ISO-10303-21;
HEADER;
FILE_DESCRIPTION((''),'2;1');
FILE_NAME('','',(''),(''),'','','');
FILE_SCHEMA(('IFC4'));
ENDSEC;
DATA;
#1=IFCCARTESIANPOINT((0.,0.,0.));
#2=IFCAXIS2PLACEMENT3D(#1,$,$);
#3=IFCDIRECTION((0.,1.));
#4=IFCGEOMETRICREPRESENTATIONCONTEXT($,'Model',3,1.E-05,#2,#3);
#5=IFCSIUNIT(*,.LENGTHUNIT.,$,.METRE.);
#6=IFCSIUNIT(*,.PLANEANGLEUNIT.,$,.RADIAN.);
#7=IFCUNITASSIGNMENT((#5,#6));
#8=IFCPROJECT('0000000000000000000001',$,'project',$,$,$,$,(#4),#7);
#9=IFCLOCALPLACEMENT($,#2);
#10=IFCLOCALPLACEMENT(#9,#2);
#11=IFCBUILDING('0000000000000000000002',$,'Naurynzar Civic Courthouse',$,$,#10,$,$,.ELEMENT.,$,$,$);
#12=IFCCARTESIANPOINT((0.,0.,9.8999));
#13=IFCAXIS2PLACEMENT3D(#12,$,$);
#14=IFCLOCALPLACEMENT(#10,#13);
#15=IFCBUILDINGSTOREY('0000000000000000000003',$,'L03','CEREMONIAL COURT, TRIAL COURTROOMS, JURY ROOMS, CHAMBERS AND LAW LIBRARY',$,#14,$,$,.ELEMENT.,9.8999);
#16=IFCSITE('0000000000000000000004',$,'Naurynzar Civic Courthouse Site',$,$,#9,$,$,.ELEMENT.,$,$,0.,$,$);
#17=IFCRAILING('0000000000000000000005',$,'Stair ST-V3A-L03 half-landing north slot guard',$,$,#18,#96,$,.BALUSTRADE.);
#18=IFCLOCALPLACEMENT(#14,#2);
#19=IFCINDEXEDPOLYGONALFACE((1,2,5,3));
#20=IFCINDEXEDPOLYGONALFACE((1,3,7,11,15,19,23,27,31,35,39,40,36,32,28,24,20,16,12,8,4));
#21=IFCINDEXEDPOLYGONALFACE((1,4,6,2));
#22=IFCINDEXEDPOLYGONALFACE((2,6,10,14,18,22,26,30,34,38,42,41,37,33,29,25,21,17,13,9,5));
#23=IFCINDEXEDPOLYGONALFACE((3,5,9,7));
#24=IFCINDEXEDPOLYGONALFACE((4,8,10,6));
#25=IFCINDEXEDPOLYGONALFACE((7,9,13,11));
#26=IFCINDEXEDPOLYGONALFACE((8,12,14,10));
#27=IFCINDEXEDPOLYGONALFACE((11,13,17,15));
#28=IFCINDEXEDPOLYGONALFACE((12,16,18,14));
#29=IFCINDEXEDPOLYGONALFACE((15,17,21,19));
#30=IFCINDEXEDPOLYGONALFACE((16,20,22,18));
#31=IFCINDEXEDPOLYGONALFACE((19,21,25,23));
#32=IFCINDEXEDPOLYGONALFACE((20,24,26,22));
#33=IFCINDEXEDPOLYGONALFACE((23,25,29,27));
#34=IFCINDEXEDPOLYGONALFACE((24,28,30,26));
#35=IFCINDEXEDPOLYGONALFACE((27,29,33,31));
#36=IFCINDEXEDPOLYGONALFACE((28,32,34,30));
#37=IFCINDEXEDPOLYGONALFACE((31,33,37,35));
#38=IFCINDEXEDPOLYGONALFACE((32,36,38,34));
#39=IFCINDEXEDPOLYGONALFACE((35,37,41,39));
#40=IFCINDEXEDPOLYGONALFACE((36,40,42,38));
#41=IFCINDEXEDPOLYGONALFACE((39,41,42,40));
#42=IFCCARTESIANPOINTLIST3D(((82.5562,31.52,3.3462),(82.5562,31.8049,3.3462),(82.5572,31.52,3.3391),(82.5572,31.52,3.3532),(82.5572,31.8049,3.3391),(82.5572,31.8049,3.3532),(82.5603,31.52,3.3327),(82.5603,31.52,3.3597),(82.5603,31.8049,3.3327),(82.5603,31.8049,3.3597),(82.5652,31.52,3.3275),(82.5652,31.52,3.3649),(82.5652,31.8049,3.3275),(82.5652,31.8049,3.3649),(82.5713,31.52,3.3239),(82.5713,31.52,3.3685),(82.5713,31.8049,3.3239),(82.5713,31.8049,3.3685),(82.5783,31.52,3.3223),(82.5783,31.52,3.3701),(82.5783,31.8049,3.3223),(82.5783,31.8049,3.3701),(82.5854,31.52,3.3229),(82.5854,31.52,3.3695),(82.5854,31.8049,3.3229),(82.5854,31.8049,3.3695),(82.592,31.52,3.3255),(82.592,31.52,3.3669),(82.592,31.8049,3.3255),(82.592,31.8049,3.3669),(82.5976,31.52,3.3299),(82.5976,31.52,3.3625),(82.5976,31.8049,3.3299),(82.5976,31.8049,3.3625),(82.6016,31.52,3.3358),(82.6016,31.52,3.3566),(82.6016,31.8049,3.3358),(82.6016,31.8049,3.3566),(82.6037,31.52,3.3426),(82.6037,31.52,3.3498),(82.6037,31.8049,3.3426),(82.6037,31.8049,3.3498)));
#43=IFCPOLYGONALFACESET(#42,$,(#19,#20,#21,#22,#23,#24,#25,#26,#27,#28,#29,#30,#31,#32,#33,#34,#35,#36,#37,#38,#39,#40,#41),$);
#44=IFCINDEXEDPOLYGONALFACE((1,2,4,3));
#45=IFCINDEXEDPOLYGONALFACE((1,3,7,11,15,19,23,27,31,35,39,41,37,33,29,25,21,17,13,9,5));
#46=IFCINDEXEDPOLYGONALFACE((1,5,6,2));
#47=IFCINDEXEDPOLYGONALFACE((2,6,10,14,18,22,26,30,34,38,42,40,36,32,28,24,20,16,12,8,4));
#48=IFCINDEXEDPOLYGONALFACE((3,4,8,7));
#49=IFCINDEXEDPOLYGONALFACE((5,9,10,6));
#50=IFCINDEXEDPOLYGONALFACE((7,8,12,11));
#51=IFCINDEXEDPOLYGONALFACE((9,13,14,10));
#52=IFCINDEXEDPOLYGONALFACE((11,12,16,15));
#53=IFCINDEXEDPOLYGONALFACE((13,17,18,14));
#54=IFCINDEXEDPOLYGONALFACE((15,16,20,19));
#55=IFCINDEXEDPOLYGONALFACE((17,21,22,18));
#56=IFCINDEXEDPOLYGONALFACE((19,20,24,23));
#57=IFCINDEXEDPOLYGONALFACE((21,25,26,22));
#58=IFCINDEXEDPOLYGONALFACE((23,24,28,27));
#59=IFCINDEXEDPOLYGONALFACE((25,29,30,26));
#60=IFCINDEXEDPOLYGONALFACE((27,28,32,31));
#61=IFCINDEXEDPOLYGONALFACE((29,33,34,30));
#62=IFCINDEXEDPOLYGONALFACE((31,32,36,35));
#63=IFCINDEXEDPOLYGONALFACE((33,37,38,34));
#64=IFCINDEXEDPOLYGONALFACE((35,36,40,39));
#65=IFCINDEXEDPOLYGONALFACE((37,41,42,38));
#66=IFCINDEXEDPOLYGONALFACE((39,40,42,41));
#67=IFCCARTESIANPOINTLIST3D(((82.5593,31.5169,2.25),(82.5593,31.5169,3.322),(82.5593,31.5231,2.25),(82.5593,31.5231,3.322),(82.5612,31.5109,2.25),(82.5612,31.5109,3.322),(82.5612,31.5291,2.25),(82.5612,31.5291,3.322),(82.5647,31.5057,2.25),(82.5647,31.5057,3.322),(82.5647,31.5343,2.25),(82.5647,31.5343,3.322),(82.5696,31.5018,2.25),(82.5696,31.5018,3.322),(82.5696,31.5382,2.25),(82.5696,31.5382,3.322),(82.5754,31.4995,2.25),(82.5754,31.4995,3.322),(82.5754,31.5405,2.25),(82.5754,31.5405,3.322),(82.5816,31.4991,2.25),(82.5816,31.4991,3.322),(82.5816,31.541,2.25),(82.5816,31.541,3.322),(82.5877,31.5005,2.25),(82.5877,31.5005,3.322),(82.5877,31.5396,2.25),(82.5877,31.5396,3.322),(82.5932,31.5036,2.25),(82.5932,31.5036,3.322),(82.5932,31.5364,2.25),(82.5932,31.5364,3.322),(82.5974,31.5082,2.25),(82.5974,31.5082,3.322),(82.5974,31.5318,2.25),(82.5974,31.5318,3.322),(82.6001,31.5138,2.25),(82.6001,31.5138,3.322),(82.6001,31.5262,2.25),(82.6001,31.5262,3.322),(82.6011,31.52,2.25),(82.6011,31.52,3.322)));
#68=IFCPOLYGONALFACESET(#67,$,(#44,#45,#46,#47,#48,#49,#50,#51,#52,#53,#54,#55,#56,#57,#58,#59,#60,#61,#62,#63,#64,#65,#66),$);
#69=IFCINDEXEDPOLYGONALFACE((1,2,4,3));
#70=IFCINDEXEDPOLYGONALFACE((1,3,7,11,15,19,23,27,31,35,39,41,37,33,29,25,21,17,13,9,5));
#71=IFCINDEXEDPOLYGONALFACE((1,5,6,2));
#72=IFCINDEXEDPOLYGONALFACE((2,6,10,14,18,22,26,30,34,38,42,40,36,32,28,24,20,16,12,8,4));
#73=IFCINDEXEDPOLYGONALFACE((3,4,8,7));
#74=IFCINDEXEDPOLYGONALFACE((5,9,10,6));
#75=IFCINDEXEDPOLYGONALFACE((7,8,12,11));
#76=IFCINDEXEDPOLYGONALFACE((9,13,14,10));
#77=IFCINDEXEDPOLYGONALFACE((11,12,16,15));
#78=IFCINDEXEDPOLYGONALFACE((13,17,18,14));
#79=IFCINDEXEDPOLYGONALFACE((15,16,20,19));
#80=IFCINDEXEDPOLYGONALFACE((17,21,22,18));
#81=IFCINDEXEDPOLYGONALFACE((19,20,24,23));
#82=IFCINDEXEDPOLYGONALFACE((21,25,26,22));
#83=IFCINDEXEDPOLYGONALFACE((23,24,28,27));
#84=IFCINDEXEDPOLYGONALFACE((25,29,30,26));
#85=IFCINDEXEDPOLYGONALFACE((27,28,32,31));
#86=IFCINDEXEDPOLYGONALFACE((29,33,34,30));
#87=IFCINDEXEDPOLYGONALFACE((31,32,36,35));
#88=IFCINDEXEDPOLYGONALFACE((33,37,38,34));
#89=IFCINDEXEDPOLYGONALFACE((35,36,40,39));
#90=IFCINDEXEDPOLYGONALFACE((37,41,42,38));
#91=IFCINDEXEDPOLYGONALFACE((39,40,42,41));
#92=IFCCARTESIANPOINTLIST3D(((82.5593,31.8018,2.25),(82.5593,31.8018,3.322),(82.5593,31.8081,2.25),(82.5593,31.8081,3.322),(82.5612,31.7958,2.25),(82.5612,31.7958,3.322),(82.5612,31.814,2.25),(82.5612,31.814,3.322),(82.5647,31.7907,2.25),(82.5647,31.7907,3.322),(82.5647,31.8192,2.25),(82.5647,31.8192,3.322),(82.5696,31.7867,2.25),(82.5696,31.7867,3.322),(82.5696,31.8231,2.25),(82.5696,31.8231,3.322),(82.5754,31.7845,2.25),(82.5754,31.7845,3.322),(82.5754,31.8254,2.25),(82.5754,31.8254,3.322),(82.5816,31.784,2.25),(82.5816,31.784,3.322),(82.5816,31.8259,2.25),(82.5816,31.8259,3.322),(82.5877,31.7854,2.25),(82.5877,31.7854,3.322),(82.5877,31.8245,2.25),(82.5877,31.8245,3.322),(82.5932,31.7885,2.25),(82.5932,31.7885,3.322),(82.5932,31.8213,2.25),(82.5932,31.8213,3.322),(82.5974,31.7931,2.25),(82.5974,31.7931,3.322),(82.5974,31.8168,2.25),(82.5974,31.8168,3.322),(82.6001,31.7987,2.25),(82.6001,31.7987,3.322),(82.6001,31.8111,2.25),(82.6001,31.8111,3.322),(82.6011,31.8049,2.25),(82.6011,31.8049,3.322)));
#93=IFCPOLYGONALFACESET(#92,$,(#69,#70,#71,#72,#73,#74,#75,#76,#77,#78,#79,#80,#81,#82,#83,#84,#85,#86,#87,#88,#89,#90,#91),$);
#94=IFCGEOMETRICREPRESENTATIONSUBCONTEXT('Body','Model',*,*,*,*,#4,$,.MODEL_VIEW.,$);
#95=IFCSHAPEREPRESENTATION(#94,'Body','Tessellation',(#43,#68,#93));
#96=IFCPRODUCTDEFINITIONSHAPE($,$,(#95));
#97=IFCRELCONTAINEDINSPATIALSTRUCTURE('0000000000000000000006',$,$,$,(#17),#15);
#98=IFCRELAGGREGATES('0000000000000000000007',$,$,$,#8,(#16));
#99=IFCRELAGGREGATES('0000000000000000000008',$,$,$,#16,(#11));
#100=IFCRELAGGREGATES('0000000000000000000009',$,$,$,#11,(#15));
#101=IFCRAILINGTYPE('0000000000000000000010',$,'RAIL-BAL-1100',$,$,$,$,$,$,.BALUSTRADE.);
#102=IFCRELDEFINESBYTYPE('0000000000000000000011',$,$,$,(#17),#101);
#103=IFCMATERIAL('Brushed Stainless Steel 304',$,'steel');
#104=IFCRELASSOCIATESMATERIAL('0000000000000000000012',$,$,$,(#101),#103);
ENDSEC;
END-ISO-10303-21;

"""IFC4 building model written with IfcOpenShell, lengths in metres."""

from ifc_helpers import new_model, si_unit, direction, frame, origin, origin_2d, place, context, subcontext, project, spatial, circle, extrude, material, type_object, element, save


model = new_model("IFC4")

# Units and contexts
model_context = context("Model", 3, precision=1e-05, world=origin(), true_north=direction((0.0, 1.0)))
body_context = subcontext(model_context, "Body", "Model", "MODEL_VIEW")
ifc_project = project(units=[si_unit("LENGTHUNIT", "METRE"), si_unit("PLANEANGLEUNIT", "RADIAN")], contexts=[model_context])

# Site, building, storey
site_placement = place(None, origin())
site = spatial("IfcSite", under=ifc_project, at=site_placement, Name="Naurynzar Civic Courthouse Site", CompositionType="ELEMENT", RefElevation=0.0)
building_placement = place(site_placement, origin())
building = spatial("IfcBuilding", under=site, at=building_placement, Name="Naurynzar Civic Courthouse", CompositionType="ELEMENT")
storey_placement = place(building_placement, frame((0.0, 0.0, 9.8999)))
storey = spatial("IfcBuildingStorey", under=building, at=storey_placement, Name="L03", Description="CEREMONIAL COURT, TRIAL COURTROOMS, JURY ROOMS, CHAMBERS AND LAW LIBRARY", CompositionType="ELEMENT", Elevation=9.8999)

# Railing
ifc_material_1 = material(Name="Brushed Stainless Steel 304", Category="steel")
railing_type_1 = type_object("IfcRailingType", Name="RAIL-BAL-1100", PredefinedType="BALUSTRADE", material=ifc_material_1)
railing_1_placement = place(storey_placement, frame((82.5801, 31.52, 2.25)))
element("IfcRailing", 1, at=railing_1_placement, inside=storey, type_object=railing_type_1, Name="Stair ST-V3A-L03 half-landing north slot guard", PredefinedType="BALUSTRADE", context=body_context, shape_type="SweptSolid", body=[
    extrude(circle(Radius=0.0239, at=origin_2d()), frame((0.0, 0.0, 1.0962), z_axis=(0.0, 1.0, 0.0), x_axis=(-1.0, 0.0, 0.0)), (0.0, 0.0, 1.0), 0.2849),
    extrude(circle(Radius=0.021, at=origin_2d()), origin(), (0.0, 0.0, 1.0), 1.072),
    extrude(circle(Radius=0.021, at=origin_2d()), frame((0.0, 0.2849, 0.0)), (0.0, 0.0, 1.0), 1.072),
])

save(model, "model.ifc")
